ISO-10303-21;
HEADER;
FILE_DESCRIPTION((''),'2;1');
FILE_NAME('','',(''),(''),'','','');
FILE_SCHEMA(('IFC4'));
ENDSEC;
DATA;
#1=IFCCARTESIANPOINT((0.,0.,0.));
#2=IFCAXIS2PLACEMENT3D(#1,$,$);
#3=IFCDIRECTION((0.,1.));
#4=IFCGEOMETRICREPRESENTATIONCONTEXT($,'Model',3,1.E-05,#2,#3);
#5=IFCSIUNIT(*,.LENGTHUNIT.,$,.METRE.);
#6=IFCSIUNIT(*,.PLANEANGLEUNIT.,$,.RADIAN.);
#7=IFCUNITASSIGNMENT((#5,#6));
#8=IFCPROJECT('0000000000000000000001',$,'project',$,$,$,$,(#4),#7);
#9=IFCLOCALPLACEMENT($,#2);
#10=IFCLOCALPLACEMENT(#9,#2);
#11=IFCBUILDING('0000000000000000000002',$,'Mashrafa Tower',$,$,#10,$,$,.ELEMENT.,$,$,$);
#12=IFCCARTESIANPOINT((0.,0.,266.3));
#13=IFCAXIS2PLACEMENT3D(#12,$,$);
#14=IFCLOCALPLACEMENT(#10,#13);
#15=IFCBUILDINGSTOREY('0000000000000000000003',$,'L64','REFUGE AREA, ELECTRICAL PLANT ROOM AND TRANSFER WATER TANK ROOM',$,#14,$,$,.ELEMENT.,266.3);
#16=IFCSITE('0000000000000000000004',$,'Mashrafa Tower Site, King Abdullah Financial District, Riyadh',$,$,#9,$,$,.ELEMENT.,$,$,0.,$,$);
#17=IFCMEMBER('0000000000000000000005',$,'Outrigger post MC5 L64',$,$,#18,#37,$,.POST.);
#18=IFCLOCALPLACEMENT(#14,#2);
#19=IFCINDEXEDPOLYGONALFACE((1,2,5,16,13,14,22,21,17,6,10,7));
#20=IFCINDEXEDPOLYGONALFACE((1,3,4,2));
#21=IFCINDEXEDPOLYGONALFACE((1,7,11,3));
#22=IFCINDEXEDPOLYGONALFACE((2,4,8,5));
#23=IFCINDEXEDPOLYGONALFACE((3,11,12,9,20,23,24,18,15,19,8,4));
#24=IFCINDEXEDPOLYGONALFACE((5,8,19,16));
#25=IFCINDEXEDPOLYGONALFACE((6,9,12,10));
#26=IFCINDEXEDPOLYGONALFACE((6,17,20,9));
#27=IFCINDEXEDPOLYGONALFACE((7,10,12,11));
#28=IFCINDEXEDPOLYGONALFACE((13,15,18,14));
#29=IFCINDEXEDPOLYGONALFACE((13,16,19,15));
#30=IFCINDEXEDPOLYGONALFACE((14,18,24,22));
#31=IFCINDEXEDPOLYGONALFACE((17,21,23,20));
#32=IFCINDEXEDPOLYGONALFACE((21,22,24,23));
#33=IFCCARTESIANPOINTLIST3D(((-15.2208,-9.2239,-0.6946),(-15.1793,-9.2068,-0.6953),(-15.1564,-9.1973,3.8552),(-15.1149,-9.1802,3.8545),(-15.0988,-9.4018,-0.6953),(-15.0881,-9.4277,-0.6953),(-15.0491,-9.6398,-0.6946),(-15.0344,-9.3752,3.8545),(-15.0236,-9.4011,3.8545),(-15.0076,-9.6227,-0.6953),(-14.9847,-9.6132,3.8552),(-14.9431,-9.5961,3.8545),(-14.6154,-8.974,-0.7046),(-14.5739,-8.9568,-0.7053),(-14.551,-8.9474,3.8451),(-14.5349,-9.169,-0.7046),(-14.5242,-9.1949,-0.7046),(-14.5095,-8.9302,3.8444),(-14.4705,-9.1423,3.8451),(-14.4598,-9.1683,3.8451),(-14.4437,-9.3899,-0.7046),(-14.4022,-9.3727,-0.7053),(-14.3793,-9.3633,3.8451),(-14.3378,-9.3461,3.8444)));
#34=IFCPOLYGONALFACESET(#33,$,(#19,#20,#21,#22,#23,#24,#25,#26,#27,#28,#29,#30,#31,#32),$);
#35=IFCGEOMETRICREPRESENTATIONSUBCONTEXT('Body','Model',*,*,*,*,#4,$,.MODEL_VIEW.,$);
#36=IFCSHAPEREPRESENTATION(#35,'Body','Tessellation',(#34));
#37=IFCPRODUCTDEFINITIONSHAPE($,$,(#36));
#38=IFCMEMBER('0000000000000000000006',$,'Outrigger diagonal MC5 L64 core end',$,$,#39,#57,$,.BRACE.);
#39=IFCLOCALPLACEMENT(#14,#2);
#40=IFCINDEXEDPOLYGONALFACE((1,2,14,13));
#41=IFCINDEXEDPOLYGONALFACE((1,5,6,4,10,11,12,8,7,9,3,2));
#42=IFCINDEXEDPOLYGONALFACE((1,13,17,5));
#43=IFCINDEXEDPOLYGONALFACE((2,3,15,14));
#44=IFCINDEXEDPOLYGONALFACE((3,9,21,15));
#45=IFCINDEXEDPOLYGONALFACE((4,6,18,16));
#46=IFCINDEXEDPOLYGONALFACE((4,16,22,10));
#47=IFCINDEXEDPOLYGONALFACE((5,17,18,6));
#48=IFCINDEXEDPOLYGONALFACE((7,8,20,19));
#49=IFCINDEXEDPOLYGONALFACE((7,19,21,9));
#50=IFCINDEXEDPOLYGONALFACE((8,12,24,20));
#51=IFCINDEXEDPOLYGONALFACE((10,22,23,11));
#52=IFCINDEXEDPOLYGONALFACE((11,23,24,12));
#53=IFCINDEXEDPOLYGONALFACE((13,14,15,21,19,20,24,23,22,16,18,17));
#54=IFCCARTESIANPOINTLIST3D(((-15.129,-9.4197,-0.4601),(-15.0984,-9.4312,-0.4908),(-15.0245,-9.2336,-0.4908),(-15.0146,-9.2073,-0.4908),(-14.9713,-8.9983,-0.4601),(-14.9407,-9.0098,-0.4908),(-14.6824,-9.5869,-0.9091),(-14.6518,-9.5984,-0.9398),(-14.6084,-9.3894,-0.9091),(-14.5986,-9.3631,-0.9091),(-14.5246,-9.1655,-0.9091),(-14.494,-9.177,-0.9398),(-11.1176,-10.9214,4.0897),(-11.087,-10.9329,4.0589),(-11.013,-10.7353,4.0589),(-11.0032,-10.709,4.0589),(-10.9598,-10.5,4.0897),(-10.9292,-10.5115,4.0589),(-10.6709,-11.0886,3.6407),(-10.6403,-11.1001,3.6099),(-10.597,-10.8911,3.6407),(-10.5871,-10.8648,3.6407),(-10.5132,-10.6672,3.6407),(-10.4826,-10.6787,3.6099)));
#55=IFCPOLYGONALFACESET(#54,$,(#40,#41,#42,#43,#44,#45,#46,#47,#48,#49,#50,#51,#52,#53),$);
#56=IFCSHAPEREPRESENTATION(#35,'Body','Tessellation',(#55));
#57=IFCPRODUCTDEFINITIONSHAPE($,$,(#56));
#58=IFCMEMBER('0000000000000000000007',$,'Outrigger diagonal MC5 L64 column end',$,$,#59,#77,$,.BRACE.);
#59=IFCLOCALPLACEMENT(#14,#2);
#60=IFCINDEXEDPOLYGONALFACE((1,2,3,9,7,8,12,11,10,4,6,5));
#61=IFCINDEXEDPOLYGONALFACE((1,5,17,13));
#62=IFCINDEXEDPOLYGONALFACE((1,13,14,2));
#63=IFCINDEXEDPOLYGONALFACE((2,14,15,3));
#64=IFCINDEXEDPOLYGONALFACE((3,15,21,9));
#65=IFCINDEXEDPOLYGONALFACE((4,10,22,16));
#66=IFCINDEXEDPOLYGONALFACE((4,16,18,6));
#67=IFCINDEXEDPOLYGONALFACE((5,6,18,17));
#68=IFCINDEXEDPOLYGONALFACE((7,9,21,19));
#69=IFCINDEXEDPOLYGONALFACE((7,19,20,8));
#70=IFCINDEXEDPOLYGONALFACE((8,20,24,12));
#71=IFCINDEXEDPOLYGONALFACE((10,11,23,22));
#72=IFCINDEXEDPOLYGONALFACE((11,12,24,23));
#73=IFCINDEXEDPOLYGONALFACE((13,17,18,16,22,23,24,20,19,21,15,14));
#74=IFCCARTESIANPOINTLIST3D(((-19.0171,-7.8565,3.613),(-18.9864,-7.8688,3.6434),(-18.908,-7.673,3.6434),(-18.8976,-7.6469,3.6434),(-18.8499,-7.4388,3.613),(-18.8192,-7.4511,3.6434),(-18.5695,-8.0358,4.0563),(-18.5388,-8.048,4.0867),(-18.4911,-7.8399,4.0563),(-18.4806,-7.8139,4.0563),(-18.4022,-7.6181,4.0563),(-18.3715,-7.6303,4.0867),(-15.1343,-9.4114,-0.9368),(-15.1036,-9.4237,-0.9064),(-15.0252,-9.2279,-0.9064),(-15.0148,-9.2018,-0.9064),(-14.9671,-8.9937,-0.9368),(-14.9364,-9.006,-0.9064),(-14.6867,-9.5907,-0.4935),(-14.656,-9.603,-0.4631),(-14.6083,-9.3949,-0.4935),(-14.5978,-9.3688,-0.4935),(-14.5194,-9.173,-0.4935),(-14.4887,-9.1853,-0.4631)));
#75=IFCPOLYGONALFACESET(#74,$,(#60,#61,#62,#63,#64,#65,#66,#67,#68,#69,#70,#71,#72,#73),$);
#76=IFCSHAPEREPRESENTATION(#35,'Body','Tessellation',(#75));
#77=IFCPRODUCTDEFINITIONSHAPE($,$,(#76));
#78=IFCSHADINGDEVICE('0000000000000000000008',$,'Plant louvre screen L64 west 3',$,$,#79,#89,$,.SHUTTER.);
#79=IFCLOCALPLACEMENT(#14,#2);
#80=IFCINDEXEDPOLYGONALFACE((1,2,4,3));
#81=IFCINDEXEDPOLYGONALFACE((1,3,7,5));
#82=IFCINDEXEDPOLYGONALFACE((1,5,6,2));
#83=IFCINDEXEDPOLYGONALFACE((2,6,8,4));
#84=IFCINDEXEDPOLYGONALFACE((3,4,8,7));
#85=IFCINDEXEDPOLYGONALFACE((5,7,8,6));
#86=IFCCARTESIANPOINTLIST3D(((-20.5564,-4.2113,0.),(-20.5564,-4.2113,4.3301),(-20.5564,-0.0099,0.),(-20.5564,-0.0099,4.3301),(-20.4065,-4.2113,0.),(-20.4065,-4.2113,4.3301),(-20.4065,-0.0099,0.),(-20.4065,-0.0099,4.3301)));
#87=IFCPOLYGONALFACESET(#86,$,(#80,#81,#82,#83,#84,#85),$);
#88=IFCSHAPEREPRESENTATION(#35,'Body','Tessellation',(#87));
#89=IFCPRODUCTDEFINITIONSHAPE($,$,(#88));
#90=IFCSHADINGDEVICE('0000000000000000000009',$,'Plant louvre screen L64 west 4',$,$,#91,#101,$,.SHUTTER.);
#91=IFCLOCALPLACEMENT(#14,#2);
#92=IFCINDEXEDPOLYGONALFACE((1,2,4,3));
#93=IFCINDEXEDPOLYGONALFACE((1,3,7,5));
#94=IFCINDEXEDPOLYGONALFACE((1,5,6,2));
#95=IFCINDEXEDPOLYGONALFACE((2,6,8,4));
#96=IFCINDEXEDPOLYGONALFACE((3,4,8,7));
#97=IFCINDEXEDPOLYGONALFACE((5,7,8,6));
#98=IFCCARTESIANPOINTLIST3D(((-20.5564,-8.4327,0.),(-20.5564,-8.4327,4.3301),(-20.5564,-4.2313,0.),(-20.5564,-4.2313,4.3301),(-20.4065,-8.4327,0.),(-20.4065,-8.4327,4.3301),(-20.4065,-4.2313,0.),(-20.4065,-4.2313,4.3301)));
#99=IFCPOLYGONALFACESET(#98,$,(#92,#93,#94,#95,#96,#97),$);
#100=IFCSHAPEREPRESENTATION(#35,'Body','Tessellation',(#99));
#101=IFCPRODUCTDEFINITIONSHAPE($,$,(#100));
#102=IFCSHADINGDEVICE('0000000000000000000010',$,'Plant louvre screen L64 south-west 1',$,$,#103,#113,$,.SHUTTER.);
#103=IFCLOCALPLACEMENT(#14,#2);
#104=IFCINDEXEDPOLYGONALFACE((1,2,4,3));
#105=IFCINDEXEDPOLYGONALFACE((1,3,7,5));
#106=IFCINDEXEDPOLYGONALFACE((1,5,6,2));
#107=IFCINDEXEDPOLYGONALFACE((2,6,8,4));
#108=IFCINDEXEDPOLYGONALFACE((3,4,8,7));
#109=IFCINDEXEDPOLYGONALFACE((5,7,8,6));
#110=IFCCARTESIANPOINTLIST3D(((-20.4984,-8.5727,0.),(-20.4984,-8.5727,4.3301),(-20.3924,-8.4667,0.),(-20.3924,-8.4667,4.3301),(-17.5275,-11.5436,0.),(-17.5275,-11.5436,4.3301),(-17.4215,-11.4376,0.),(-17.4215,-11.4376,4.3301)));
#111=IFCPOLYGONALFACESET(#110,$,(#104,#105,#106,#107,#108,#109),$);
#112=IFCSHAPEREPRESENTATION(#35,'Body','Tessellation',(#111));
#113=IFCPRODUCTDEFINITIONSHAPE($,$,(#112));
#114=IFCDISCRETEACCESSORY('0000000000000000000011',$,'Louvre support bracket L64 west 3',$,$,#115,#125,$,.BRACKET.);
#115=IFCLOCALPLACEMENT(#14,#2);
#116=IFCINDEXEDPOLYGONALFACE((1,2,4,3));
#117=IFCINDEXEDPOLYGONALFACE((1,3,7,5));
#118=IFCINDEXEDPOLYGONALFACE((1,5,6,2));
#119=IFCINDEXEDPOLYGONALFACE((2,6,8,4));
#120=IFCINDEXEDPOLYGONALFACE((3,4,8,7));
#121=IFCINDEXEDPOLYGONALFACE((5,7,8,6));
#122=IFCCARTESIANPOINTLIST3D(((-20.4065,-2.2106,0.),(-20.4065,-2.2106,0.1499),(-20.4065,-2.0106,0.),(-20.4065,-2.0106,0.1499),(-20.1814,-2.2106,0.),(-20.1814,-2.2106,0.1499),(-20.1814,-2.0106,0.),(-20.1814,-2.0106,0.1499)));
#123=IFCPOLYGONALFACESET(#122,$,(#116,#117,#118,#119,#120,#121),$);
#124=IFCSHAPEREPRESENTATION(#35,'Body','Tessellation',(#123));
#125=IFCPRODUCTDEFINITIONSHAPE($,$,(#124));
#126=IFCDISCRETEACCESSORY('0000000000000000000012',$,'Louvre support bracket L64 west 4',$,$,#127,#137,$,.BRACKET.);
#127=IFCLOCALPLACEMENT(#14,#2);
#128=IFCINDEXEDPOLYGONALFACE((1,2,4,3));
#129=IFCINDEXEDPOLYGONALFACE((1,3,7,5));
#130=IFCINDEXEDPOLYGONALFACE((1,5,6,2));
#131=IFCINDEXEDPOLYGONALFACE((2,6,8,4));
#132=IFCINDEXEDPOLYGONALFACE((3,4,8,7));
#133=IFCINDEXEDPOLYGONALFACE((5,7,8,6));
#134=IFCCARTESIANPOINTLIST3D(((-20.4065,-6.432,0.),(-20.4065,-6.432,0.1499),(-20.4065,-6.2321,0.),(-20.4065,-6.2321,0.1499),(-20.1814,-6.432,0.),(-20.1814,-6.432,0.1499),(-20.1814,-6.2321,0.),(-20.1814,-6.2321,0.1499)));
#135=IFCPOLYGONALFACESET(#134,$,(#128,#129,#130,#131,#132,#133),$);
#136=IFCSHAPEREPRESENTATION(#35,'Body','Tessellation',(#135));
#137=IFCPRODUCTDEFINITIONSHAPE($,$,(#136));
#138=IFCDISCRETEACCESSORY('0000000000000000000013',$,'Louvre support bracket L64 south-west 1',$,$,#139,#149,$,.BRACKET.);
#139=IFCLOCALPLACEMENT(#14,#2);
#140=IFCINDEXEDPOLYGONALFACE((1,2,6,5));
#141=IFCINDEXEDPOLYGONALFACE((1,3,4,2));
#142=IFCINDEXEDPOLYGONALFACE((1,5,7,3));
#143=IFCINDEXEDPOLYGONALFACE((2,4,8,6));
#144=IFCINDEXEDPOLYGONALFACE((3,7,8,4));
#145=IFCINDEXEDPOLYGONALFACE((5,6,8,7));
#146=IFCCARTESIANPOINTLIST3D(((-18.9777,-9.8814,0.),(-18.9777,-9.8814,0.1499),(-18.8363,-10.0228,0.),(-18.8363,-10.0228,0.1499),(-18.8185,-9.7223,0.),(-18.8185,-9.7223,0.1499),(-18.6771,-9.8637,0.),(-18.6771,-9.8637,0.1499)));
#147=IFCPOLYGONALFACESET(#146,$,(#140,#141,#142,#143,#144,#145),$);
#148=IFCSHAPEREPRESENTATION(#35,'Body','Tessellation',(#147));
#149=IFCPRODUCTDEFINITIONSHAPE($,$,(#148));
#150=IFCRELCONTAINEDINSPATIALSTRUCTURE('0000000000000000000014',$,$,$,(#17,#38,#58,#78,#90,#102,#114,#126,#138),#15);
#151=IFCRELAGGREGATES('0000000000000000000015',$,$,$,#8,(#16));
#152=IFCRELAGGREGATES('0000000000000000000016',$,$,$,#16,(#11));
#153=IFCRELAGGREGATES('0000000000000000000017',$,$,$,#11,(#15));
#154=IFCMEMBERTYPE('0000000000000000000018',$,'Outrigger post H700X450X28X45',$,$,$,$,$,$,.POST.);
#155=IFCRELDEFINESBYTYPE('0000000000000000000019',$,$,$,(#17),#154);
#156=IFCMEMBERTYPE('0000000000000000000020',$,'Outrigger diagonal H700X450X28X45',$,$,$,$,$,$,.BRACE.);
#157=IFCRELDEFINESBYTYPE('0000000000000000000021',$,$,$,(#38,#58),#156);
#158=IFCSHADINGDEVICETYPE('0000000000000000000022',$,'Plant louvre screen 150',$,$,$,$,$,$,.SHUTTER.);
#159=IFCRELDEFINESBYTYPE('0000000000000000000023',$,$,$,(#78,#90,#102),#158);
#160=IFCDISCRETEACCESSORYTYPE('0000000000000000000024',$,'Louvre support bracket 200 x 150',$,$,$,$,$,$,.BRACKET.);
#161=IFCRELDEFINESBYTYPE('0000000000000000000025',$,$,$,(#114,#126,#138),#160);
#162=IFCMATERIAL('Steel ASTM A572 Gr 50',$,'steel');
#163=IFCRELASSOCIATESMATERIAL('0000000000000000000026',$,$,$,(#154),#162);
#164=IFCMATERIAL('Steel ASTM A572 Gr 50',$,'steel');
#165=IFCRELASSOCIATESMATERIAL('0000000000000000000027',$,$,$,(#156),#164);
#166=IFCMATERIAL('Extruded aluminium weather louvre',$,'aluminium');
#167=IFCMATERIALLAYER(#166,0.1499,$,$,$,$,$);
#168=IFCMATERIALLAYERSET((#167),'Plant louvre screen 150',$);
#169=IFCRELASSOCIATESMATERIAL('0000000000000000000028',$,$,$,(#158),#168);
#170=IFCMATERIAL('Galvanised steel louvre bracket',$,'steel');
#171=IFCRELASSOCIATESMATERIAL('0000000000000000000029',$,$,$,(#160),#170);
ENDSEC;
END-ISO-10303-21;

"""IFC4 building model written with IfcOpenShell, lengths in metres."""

from ifc_helpers import new_model, si_unit, direction, frame, origin, origin_2d, place, context, subcontext, project, spatial, rectangle, i_section, extrude, source, transform, mapped, material, layer, layer_set, material_profile, profile_set, type_object, type_shapes, element, save


model = new_model("IFC4")

# Units and contexts
model_context = context("Model", 3, precision=1e-05, world=origin(), true_north=direction((0.0, 1.0)))
body_context = subcontext(model_context, "Body", "Model", "MODEL_VIEW")
ifc_project = project(units=[si_unit("LENGTHUNIT", "METRE"), si_unit("PLANEANGLEUNIT", "RADIAN")], contexts=[model_context])

# Site, building, storey
site_placement = place(None, origin())
site = spatial("IfcSite", under=ifc_project, at=site_placement, Name="Mashrafa Tower Site, King Abdullah Financial District, Riyadh", CompositionType="ELEMENT", RefElevation=0.0)
building_placement = place(site_placement, origin())
building = spatial("IfcBuilding", under=site, at=building_placement, Name="Mashrafa Tower", CompositionType="ELEMENT")
storey_placement = place(building_placement, frame((0.0, 0.0, 266.3)))
storey = spatial("IfcBuildingStorey", under=building, at=storey_placement, Name="L64", Description="REFUGE AREA, ELECTRICAL PLANT ROOM AND TRANSFER WATER TANK ROOM", CompositionType="ELEMENT", Elevation=266.3)

# Members
ifc_material_1 = material(Name="Steel ASTM A572 Gr 50", Category="steel")
ifc_material_profile_1 = material_profile(ifc_material_1, i_section(OverallWidth=0.45, OverallDepth=0.7, WebThickness=0.0281, FlangeThickness=0.0449, at=origin_2d()), Name="H700X450X28X45")
ifc_profile_set_1 = profile_set([ifc_material_profile_1], Name="Steel ASTM A572 Gr 50")
member_type_1 = type_object("IfcMemberType", Name="Outrigger post H700X450X28X45", PredefinedType="POST", material=ifc_profile_set_1)
shared_shape_1 = source(origin(), body_context, "Body", "SweptSolid", [
    extrude(i_section(OverallWidth=0.45, OverallDepth=0.7, WebThickness=0.0281, FlangeThickness=0.0449, at=origin_2d()), origin(), (0.0, 0.0, 1.0), 4.5503),
])
type_shapes(member_type_1, [shared_shape_1])
member_1_placement = place(storey_placement, frame((-14.8115, -9.2983, -0.7), z_axis=(0.014164, 0.005848, 0.999883), x_axis=(-0.38163, 0.924315, 0.0)))
element("IfcMember", 1, at=member_1_placement, inside=storey, type_object=member_type_1, Name="Outrigger post MC5 L64", PredefinedType="POST", context=body_context, shape_type="MappedRepresentation", body=[
    mapped(shared_shape_1, transform((0.0, 0.0, 0.0))),
])
ifc_material_2 = material(Name="Steel ASTM A572 Gr 50", Category="steel")
ifc_material_profile_2 = material_profile(ifc_material_2, i_section(OverallWidth=0.45, OverallDepth=0.7, WebThickness=0.0281, FlangeThickness=0.0449, at=origin_2d()), Name="H700X450X28X45")
ifc_profile_set_2 = profile_set([ifc_material_profile_2], Name="Steel ASTM A572 Gr 50")
member_type_2 = type_object("IfcMemberType", Name="Outrigger diagonal H700X450X28X45", PredefinedType="BRACE", material=ifc_profile_set_2)
shared_shape_2 = source(origin(), body_context, "Body", "SweptSolid", [
    extrude(i_section(OverallWidth=0.45, OverallDepth=0.7, WebThickness=0.0281, FlangeThickness=0.0449, at=origin_2d()), origin(), (0.0, 0.0, 1.0), 6.2488),
])
member_2_placement = place(storey_placement, frame((-14.8115, -9.2983, -0.7), z_axis=(0.641957, -0.240319, 0.728106), x_axis=(0.350592, 0.936528, 0.0)))
element("IfcMember", 2, at=member_2_placement, inside=storey, type_object=member_type_2, Name="Outrigger diagonal MC5 L64 core end", PredefinedType="BRACE", context=body_context, shape_type="MappedRepresentation", body=[
    mapped(shared_shape_2, transform((0.0, 0.0, 0.0))),
])
shared_shape_3 = source(origin(), body_context, "Body", "SweptSolid", [
    extrude(i_section(OverallWidth=0.45, OverallDepth=0.7, WebThickness=0.0281, FlangeThickness=0.0449, at=origin_2d()), origin(), (0.0, 0.0, 1.0), 6.1802),
])
type_shapes(member_type_2, [shared_shape_2, shared_shape_3])
member_3_placement = place(storey_placement, frame((-14.8115, -9.2983, -0.7), z_axis=(-0.628267, 0.251599, 0.736192), x_axis=(-0.371763, -0.928328, 0.0)))
element("IfcMember", 3, at=member_3_placement, inside=storey, type_object=member_type_2, Name="Outrigger diagonal MC5 L64 column end", PredefinedType="BRACE", context=body_context, shape_type="MappedRepresentation", body=[
    mapped(shared_shape_3, transform((0.0, 0.0, 0.0))),
])

# Shading devices
ifc_material_3 = material(Name="Extruded aluminium weather louvre", Category="aluminium")
ifc_layer = layer(ifc_material_3, 0.1499)
ifc_layer_set = layer_set([ifc_layer], Name="Plant louvre screen 150")
shading_device_type = type_object("IfcShadingDeviceType", Name="Plant louvre screen 150", PredefinedType="SHUTTER", material=ifc_layer_set)
shared_shape_4 = source(origin(), body_context, "Body", "SweptSolid", [
    extrude(rectangle(XDim=4.2014, YDim=0.1499, at=origin_2d()), origin(), (0.0, 0.0, 1.0), 4.3301),
])
type_shapes(shading_device_type, [shared_shape_4])
for number, where, z_axis, x_axis, name in (
    (4, (-20.4814, -2.1106, 0.0), (0.0, 0.0, 1.0), (0.0, -1.0, 0.0), "Plant louvre screen L64 west 3"),
    (5, (-20.4814, -6.332, 0.0), (0.0, 0.0, 1.0), (0.0, -1.0, 0.0), "Plant louvre screen L64 west 4"),
    (6, (-18.96, -10.0051, 0.0), (0.0, 0.0, 1.0), (0.707107, -0.707107, 0.0), "Plant louvre screen L64 south-west 1"),
):
    element("IfcShadingDevice", number, at=place(storey_placement, frame(where, z_axis=z_axis, x_axis=x_axis)), inside=storey, type_object=shading_device_type, Name=name, PredefinedType="SHUTTER", context=body_context, shape_type="MappedRepresentation", body=[
        mapped(shared_shape_4, transform((0.0, 0.0, 0.0))),
    ])

# Discrete accessories
ifc_material_4 = material(Name="Galvanised steel louvre bracket", Category="steel")
discrete_accessory_type = type_object("IfcDiscreteAccessoryType", Name="Louvre support bracket 200 x 150", PredefinedType="BRACKET", material=ifc_material_4)
shared_shape_5 = source(origin(), body_context, "Body", "SweptSolid", [
    extrude(rectangle(XDim=0.2, YDim=0.2251, at=origin_2d()), origin(), (0.0, 0.0, 1.0), 0.1499),
])
type_shapes(discrete_accessory_type, [shared_shape_5])
for number, where, z_axis, x_axis, name in (
    (7, (-20.2939, -2.1106, 0.0), (0.0, 0.0, 1.0), (0.0, -1.0, 0.0), "Louvre support bracket L64 west 3"),
    (8, (-20.2939, -6.332, 0.0), (0.0, 0.0, 1.0), (0.0, -1.0, 0.0), "Louvre support bracket L64 west 4"),
    (9, (-18.8274, -9.8726, 0.0), (0.0, 0.0, 1.0), (0.707107, -0.707107, 0.0), "Louvre support bracket L64 south-west 1"),
):
    element("IfcDiscreteAccessory", number, at=place(storey_placement, frame(where, z_axis=z_axis, x_axis=x_axis)), inside=storey, type_object=discrete_accessory_type, Name=name, PredefinedType="BRACKET", context=body_context, shape_type="MappedRepresentation", body=[
        mapped(shared_shape_5, transform((0.0, 0.0, 0.0))),
    ])

save(model, "model.ifc")
